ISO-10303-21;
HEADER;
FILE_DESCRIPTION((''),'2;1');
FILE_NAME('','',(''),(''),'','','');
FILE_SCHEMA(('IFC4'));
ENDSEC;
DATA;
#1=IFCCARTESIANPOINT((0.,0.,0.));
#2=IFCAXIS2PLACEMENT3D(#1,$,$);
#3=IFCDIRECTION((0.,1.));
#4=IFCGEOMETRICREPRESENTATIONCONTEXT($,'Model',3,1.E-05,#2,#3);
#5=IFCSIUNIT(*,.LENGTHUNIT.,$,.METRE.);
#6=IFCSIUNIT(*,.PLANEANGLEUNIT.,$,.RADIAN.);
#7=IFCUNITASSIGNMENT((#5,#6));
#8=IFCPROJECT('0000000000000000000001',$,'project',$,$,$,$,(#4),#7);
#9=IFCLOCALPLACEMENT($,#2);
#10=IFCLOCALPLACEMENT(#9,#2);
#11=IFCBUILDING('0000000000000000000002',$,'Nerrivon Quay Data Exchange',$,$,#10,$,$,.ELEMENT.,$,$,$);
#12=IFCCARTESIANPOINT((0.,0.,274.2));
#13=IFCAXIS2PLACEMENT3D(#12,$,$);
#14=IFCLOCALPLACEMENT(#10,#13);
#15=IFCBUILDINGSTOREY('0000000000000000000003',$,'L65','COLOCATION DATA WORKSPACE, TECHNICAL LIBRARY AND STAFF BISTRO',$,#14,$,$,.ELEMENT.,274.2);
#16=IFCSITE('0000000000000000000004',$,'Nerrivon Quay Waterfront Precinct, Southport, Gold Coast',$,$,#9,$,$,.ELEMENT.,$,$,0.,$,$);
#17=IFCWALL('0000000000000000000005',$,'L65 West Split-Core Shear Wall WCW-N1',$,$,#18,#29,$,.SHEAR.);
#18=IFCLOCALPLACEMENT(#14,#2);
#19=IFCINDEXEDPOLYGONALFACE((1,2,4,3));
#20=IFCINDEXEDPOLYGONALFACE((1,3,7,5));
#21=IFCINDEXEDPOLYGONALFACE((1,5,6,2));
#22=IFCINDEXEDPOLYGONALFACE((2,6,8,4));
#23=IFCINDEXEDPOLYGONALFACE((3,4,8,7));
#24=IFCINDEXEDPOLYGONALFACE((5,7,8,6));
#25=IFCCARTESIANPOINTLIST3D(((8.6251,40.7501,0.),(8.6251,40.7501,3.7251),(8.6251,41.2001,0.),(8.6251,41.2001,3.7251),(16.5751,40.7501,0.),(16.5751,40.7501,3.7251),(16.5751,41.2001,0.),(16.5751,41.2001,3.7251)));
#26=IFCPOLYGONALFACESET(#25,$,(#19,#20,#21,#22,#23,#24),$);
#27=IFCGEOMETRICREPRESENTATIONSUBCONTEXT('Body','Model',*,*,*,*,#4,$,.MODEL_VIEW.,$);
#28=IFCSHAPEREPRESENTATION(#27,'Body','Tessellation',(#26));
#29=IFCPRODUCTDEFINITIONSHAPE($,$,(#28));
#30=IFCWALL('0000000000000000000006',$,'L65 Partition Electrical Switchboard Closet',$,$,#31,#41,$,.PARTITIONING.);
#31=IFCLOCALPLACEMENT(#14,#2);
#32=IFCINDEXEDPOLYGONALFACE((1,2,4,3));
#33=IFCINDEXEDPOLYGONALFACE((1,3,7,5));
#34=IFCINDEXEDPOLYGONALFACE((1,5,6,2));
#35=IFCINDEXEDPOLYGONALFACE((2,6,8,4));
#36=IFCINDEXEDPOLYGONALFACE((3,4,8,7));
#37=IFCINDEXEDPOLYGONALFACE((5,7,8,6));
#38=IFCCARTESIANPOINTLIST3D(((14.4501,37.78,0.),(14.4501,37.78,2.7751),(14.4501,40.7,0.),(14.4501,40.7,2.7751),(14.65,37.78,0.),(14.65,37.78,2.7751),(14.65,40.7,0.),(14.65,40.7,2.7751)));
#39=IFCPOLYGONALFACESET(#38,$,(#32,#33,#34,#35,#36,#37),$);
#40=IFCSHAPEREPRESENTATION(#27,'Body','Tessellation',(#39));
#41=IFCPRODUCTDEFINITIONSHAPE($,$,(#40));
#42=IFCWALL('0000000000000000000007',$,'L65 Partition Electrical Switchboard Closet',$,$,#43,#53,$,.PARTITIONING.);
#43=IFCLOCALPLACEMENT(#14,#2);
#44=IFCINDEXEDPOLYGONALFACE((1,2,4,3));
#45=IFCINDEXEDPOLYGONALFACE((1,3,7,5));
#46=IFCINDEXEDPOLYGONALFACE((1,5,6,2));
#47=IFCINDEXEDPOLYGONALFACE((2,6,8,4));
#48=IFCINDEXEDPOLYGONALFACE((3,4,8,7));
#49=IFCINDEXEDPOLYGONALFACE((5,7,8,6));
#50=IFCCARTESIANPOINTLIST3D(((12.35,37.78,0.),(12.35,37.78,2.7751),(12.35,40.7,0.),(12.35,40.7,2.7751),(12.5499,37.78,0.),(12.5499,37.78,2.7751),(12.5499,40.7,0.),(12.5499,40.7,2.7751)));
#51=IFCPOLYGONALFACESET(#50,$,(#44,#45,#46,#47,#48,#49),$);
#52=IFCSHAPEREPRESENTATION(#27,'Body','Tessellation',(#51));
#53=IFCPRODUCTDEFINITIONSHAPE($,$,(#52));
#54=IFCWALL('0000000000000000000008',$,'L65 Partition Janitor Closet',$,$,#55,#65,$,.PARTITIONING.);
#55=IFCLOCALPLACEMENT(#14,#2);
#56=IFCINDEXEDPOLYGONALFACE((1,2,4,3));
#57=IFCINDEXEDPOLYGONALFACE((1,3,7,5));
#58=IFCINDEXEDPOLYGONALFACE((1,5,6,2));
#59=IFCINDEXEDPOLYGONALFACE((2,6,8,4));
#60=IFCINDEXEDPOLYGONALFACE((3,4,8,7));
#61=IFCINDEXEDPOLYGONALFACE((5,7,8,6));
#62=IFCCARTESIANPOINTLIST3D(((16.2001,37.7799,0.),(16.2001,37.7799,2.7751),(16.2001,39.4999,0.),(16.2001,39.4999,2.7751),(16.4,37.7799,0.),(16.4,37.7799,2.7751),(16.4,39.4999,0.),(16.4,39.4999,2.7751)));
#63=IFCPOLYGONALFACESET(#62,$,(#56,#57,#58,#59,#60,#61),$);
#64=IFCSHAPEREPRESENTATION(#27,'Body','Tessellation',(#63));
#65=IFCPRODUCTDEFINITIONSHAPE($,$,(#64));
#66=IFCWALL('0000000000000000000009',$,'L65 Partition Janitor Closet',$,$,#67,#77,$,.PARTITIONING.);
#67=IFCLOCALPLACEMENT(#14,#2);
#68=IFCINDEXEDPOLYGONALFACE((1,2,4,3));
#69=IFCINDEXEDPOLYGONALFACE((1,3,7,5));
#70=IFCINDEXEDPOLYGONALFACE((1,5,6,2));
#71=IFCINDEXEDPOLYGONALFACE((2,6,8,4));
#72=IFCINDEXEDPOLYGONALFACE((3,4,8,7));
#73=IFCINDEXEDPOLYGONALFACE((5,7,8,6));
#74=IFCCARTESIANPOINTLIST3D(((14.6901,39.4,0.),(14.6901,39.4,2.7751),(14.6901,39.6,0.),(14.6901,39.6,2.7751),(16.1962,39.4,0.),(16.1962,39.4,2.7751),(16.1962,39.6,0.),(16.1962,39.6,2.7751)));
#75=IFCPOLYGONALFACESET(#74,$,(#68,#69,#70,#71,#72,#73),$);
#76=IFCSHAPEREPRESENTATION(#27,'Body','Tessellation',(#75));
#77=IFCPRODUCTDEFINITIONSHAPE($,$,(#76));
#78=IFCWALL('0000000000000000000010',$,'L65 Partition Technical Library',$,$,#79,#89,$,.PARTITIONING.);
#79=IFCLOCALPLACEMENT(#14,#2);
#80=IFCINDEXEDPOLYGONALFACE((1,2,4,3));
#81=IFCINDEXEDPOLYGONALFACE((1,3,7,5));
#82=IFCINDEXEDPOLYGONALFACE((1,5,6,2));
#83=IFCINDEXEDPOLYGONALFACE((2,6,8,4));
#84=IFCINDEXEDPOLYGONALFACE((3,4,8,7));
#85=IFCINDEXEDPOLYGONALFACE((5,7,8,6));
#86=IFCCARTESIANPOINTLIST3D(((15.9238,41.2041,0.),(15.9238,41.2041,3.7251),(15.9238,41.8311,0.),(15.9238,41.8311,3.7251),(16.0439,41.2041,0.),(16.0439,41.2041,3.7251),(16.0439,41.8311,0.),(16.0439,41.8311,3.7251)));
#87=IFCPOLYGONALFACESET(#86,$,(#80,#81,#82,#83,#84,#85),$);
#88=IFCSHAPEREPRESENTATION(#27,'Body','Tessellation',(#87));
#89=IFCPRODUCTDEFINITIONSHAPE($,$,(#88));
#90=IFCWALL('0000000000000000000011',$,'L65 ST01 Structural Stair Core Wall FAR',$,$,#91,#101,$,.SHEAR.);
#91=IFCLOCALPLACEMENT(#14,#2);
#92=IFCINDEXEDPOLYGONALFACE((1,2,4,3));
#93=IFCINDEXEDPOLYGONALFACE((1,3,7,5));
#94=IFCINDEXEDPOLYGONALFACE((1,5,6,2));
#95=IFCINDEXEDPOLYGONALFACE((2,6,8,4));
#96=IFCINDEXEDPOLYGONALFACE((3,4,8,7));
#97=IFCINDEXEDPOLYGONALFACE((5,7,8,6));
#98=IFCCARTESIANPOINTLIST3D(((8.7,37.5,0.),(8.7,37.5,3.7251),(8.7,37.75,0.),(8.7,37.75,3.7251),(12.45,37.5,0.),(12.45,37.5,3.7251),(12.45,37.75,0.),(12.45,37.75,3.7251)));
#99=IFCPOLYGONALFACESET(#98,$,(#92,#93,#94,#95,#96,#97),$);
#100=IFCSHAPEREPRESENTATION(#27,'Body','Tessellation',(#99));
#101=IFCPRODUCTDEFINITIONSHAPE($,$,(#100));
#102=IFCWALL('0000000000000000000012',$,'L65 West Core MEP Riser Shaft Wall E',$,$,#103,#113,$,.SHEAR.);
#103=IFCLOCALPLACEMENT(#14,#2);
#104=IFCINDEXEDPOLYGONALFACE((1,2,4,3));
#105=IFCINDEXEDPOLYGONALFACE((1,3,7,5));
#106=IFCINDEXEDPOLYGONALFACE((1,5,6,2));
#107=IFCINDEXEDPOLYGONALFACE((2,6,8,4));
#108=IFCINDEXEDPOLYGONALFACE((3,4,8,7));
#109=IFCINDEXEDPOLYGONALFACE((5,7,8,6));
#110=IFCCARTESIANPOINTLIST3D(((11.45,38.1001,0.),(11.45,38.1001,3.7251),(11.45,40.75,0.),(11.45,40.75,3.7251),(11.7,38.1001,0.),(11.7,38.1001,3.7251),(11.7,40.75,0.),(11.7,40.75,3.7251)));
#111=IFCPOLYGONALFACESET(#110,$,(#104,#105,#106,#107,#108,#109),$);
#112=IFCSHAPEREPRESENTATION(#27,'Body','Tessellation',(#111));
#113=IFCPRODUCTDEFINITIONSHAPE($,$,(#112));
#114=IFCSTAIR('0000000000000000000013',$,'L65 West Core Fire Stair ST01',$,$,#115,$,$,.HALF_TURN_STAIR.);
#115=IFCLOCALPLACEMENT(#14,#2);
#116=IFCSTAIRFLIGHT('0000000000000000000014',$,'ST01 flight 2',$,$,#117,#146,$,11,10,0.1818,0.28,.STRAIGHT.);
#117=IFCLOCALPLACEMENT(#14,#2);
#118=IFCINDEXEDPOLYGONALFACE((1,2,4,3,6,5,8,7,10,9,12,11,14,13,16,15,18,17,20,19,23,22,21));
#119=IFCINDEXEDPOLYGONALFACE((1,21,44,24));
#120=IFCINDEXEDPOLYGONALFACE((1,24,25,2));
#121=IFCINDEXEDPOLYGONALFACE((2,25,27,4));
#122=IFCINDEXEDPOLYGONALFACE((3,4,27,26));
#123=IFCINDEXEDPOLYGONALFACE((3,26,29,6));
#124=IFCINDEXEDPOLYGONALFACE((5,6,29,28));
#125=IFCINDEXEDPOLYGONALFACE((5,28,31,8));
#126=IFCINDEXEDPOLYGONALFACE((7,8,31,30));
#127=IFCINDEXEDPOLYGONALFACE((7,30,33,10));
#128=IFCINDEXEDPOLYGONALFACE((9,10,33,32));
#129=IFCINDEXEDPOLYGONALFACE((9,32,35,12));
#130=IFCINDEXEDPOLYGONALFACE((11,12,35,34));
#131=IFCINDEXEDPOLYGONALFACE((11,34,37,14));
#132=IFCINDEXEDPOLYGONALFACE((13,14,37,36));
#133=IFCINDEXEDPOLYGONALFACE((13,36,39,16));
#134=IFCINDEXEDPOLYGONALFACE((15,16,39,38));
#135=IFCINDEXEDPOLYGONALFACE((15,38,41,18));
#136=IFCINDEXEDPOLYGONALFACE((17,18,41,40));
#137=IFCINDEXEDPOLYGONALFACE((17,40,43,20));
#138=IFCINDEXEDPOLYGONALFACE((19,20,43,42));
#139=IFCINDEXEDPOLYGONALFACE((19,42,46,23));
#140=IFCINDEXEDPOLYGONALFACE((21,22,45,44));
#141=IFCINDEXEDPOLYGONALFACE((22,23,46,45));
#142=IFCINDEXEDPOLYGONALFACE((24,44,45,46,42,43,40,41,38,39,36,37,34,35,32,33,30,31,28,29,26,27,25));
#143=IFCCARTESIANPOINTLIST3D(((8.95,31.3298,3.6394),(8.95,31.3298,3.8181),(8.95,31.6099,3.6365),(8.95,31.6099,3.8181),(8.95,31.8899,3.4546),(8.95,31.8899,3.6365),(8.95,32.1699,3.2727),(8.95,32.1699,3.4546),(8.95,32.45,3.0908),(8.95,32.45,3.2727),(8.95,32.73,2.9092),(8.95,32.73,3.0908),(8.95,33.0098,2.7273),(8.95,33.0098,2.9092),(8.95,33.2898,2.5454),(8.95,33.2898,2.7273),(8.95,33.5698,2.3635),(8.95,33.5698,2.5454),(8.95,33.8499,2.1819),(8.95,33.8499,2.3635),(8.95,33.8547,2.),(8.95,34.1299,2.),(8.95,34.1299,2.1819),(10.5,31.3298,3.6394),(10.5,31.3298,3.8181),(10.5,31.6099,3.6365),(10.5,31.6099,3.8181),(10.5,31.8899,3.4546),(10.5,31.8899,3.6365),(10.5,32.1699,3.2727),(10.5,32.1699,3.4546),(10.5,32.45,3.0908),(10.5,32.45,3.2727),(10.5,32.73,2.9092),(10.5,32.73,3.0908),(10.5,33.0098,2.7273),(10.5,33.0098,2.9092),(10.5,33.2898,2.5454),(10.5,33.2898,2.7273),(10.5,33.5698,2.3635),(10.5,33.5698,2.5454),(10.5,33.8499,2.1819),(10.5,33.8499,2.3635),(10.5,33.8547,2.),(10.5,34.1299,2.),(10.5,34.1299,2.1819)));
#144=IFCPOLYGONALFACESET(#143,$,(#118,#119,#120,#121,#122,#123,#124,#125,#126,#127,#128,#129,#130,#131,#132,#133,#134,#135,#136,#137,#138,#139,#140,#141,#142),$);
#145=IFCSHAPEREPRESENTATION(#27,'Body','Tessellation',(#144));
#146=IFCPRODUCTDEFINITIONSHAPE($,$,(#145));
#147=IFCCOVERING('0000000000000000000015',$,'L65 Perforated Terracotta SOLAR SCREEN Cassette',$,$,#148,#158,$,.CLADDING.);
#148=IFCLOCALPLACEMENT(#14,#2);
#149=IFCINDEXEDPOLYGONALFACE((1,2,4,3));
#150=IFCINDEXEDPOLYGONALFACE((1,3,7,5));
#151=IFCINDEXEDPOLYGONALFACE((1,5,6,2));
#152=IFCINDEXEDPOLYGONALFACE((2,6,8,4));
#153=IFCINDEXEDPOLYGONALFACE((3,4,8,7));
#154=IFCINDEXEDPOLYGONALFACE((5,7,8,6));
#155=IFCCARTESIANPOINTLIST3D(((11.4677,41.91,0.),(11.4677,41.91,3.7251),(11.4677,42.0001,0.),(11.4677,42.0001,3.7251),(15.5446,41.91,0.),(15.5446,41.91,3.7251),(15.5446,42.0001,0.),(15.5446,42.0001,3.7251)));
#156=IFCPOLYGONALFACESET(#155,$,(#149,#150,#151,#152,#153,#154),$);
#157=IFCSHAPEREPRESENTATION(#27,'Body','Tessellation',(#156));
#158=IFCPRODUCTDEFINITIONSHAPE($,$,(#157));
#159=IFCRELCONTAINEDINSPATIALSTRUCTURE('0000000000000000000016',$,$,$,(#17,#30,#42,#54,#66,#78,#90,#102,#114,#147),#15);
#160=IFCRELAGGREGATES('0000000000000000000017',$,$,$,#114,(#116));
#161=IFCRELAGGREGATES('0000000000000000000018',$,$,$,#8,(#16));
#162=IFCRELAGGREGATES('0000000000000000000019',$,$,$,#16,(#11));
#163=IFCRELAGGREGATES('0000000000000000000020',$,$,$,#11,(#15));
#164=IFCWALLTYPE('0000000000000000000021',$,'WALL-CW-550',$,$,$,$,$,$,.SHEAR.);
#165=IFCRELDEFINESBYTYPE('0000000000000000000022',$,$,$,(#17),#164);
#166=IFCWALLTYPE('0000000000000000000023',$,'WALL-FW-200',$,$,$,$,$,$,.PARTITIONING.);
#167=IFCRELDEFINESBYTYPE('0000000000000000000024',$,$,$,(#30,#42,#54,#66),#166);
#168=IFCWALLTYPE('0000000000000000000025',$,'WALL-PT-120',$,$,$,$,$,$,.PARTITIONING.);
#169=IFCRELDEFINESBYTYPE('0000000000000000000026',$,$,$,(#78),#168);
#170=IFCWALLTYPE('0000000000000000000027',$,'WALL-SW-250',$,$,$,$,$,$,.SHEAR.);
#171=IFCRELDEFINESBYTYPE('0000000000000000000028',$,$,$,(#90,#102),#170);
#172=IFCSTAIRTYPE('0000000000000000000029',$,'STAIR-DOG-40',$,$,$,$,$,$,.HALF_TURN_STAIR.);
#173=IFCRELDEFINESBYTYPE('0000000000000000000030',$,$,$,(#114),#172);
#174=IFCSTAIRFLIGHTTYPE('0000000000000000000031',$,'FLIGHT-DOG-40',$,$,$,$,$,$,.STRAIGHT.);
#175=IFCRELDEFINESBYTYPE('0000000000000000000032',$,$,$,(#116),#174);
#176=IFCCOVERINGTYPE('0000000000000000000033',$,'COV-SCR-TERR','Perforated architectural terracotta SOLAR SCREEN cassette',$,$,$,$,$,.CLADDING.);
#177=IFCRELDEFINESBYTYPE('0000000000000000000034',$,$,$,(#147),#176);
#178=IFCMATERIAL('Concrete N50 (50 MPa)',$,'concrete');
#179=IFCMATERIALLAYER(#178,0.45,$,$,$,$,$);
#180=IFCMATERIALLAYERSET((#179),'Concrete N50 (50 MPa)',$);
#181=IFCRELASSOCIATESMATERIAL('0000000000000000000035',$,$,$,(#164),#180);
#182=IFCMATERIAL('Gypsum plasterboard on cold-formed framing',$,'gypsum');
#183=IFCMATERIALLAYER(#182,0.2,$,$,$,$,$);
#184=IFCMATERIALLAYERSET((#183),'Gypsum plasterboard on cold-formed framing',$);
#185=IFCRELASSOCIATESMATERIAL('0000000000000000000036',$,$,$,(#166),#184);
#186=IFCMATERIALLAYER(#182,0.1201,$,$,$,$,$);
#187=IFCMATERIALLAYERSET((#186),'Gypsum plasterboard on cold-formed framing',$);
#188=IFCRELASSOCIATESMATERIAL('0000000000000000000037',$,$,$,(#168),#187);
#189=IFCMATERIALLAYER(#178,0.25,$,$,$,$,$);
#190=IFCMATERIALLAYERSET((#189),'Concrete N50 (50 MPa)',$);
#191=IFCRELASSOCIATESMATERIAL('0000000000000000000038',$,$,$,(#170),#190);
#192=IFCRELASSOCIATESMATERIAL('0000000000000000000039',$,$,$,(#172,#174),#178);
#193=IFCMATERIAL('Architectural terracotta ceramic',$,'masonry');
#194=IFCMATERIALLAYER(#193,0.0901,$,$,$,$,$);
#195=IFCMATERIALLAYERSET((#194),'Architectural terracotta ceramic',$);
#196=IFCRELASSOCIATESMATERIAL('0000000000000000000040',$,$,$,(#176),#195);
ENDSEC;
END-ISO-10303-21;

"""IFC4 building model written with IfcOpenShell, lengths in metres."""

from ifc_helpers import new_model, si_unit, direction, frame, frame_2d, origin, origin_2d, place, context, subcontext, project, spatial, polyline, rectangle, outline, extrude, material, layer, layer_set, type_object, element, aggregate, save


model = new_model("IFC4")

# Units and contexts
model_context = context("Model", 3, precision=1e-05, world=origin(), true_north=direction((0.0, 1.0)))
body_context = subcontext(model_context, "Body", "Model", "MODEL_VIEW")
ifc_project = project(units=[si_unit("LENGTHUNIT", "METRE"), si_unit("PLANEANGLEUNIT", "RADIAN")], contexts=[model_context])

# Site, building, storey
site_placement = place(None, origin())
site = spatial("IfcSite", under=ifc_project, at=site_placement, Name="Nerrivon Quay Waterfront Precinct, Southport, Gold Coast", CompositionType="ELEMENT", RefElevation=0.0)
building_placement = place(site_placement, origin())
building = spatial("IfcBuilding", under=site, at=building_placement, Name="Nerrivon Quay Data Exchange", CompositionType="ELEMENT")
storey_placement = place(building_placement, frame((0.0, 0.0, 274.2)))
storey = spatial("IfcBuildingStorey", under=building, at=storey_placement, Name="L65", Description="COLOCATION DATA WORKSPACE, TECHNICAL LIBRARY AND STAFF BISTRO", CompositionType="ELEMENT", Elevation=274.2)

# Shared definitions
ifc_material_1 = material(Name="Concrete N50 (50 MPa)", Category="concrete")

# Walls
ifc_layer_1 = layer(ifc_material_1, 0.45)
ifc_layer_set_1 = layer_set([ifc_layer_1], Name="Concrete N50 (50 MPa)")
wall_type_1 = type_object("IfcWallType", Name="WALL-CW-550", PredefinedType="SHEAR", material=ifc_layer_set_1)
wall_1_placement = place(storey_placement, frame((8.625, 40.9751, 0.0), z_axis=(0.0, 0.0, 1.0), x_axis=(1.0, 0.0, 0.0)))
element("IfcWall", 1, at=wall_1_placement, inside=storey, type_object=wall_type_1, Name="L65 West Split-Core Shear Wall WCW-N1", PredefinedType="SHEAR", context=body_context, shape_type="SweptSolid", body=[
    extrude(rectangle(XDim=7.95, YDim=0.45, at=frame_2d((3.9751, 0.0))), origin(), (0.0, 0.0, 1.0), 3.7251),
])
ifc_material_2 = material(Name="Gypsum plasterboard on cold-formed framing", Category="gypsum")
ifc_layer_2 = layer(ifc_material_2, 0.2)
ifc_layer_set_2 = layer_set([ifc_layer_2], Name="Gypsum plasterboard on cold-formed framing")
wall_type_2 = type_object("IfcWallType", Name="WALL-FW-200", PredefinedType="PARTITIONING", material=ifc_layer_set_2)
for number, where, z_axis, x_axis, name in (
    (2, (14.55, 37.78, 0.0), (0.0, 0.0, 1.0), (0.0, 1.0, 0.0), "L65 Partition Electrical Switchboard Closet"),
    (3, (12.45, 40.7, 0.0), (0.0, 0.0, 1.0), (0.0, -1.0, 0.0), "L65 Partition Electrical Switchboard Closet"),
):
    element("IfcWall", number, at=place(storey_placement, frame(where, z_axis=z_axis, x_axis=x_axis)), inside=storey, type_object=wall_type_2, Name=name, PredefinedType="PARTITIONING", context=body_context, shape_type="SweptSolid", body=[
        extrude(rectangle(XDim=2.9199, YDim=0.2, at=frame_2d((1.46, 0.0))), origin(), (0.0, 0.0, 1.0), 2.7751),
    ])
wall_2_placement = place(storey_placement, frame((16.3, 37.78, 0.0), z_axis=(0.0, 0.0, 1.0), x_axis=(0.0, 1.0, 0.0)))
element("IfcWall", 4, at=wall_2_placement, inside=storey, type_object=wall_type_2, Name="L65 Partition Janitor Closet", PredefinedType="PARTITIONING", context=body_context, shape_type="SweptSolid", body=[
    extrude(rectangle(XDim=1.72, YDim=0.2, at=frame_2d((0.8599, 0.0))), origin(), (0.0, 0.0, 1.0), 2.7751),
])
wall_3_placement = place(storey_placement, frame((16.196, 39.5, 0.0), z_axis=(0.0, 0.0, 1.0), x_axis=(-1.0, 0.0, 0.0)))
element("IfcWall", 5, at=wall_3_placement, inside=storey, type_object=wall_type_2, Name="L65 Partition Janitor Closet", PredefinedType="PARTITIONING", context=body_context, shape_type="SweptSolid", body=[
    extrude(rectangle(XDim=1.5061, YDim=0.2, at=frame_2d((0.7529, 0.0))), origin(), (0.0, 0.0, 1.0), 2.7751),
])
ifc_layer_3 = layer(ifc_material_2, 0.1201)
ifc_layer_set_3 = layer_set([ifc_layer_3], Name="Gypsum plasterboard on cold-formed framing")
wall_type_3 = type_object("IfcWallType", Name="WALL-PT-120", PredefinedType="PARTITIONING", material=ifc_layer_set_3)
wall_4_placement = place(storey_placement, frame((15.9839, 41.2041, 0.0), z_axis=(0.0, 0.0, 1.0), x_axis=(0.0, 1.0, 0.0)))
element("IfcWall", 6, at=wall_4_placement, inside=storey, type_object=wall_type_3, Name="L65 Partition Technical Library", PredefinedType="PARTITIONING", context=body_context, shape_type="SweptSolid", body=[
    extrude(rectangle(XDim=0.627, YDim=0.1201, at=frame_2d((0.3135, 0.0))), origin(), (0.0, 0.0, 1.0), 3.7251),
])
ifc_layer_4 = layer(ifc_material_1, 0.25)
ifc_layer_set_4 = layer_set([ifc_layer_4], Name="Concrete N50 (50 MPa)")
wall_type_4 = type_object("IfcWallType", Name="WALL-SW-250", PredefinedType="SHEAR", material=ifc_layer_set_4)
wall_5_placement = place(storey_placement, frame((12.45, 37.625, 0.0), z_axis=(0.0, 0.0, 1.0), x_axis=(-1.0, 0.0, 0.0)))
element("IfcWall", 7, at=wall_5_placement, inside=storey, type_object=wall_type_4, Name="L65 ST01 Structural Stair Core Wall FAR", PredefinedType="SHEAR", context=body_context, shape_type="SweptSolid", body=[
    extrude(rectangle(XDim=3.75, YDim=0.25, at=frame_2d((1.875, 0.0))), origin(), (0.0, 0.0, 1.0), 3.7251),
])
wall_6_placement = place(storey_placement, frame((11.575, 38.1001, 0.0), z_axis=(0.0, 0.0, 1.0), x_axis=(0.0, 1.0, 0.0)))
element("IfcWall", 8, at=wall_6_placement, inside=storey, type_object=wall_type_4, Name="L65 West Core MEP Riser Shaft Wall E", PredefinedType="SHEAR", context=body_context, shape_type="SweptSolid", body=[
    extrude(rectangle(XDim=2.6499, YDim=0.25, at=frame_2d((1.325, 0.0))), origin(), (0.0, 0.0, 1.0), 3.7251),
])

# Stair, stair flight
stair_type = type_object("IfcStairType", Name="STAIR-DOG-40", PredefinedType="HALF_TURN_STAIR", material=ifc_material_1)
stair_placement = place(storey_placement, origin())
stair = element("IfcStair", 9, at=stair_placement, inside=storey, type_object=stair_type, Name="L65 West Core Fire Stair ST01", PredefinedType="HALF_TURN_STAIR")
stair_flight_type = type_object("IfcStairFlightType", Name="FLIGHT-DOG-40", PredefinedType="STRAIGHT", material=ifc_material_1)
stair_flight_placement = place(storey_placement, frame((9.7251, 34.1299, 2.0), z_axis=(0.0, 0.0, 1.0), x_axis=(0.0, -1.0, 0.0)))
stair_flight = element("IfcStairFlight", 10, at=stair_flight_placement, type_object=stair_flight_type, Name="ST01 flight 2", NumberOfRisers=11, NumberOfTreads=10, PredefinedType="STRAIGHT", RiserHeight=0.1818, TreadLength=0.28, context=body_context, shape_type="SweptSolid", body=[
    extrude(outline(polyline([(0.0, 0.0), (0.0, 0.1819), (0.28, 0.1819), (0.28, 0.3635), (0.5601, 0.3635), (0.5601, 0.5454), (0.8401, 0.5454), (0.8401, 0.7273), (1.1201, 0.7273), (1.1201, 0.9092), (1.3999, 0.9092), (1.3999, 1.0908), (1.6799, 1.0908), (1.6799, 1.2727), (1.96, 1.2727), (1.96, 1.4546), (2.24, 1.4546), (2.24, 1.6365), (2.52, 1.6365), (2.52, 1.8181), (2.8, 1.8181), (2.8, 2.0), (2.8, 1.6394), (0.2751, 0.0), (0.0, 0.0)])), frame((0.0, 0.7749, 0.0), z_axis=(0.0, -1.0, 0.0), x_axis=(1.0, 0.0, 0.0)), (0.0, 0.0, 1.0), 1.55),
])
aggregate(stair, [stair_flight])

# Covering
ifc_material_3 = material(Name="Architectural terracotta ceramic", Category="masonry")
ifc_layer_5 = layer(ifc_material_3, 0.0901)
ifc_layer_set_5 = layer_set([ifc_layer_5], Name="Architectural terracotta ceramic")
covering_type = type_object("IfcCoveringType", Name="COV-SCR-TERR", Description="Perforated architectural terracotta SOLAR SCREEN cassette", PredefinedType="CLADDING", material=ifc_layer_set_5)
covering_placement = place(storey_placement, frame((13.5061, 41.9551, 0.0), z_axis=(0.0, 0.0, 1.0), x_axis=(1.0, 0.0, 0.0)))
element("IfcCovering", 11, at=covering_placement, inside=storey, type_object=covering_type, Name="L65 Perforated Terracotta SOLAR SCREEN Cassette", PredefinedType="CLADDING", context=body_context, shape_type="SweptSolid", body=[
    extrude(rectangle(XDim=4.0769, YDim=0.0901, at=origin_2d()), origin(), (0.0, 0.0, 1.0), 3.7251),
])

save(model, "model.ifc")
